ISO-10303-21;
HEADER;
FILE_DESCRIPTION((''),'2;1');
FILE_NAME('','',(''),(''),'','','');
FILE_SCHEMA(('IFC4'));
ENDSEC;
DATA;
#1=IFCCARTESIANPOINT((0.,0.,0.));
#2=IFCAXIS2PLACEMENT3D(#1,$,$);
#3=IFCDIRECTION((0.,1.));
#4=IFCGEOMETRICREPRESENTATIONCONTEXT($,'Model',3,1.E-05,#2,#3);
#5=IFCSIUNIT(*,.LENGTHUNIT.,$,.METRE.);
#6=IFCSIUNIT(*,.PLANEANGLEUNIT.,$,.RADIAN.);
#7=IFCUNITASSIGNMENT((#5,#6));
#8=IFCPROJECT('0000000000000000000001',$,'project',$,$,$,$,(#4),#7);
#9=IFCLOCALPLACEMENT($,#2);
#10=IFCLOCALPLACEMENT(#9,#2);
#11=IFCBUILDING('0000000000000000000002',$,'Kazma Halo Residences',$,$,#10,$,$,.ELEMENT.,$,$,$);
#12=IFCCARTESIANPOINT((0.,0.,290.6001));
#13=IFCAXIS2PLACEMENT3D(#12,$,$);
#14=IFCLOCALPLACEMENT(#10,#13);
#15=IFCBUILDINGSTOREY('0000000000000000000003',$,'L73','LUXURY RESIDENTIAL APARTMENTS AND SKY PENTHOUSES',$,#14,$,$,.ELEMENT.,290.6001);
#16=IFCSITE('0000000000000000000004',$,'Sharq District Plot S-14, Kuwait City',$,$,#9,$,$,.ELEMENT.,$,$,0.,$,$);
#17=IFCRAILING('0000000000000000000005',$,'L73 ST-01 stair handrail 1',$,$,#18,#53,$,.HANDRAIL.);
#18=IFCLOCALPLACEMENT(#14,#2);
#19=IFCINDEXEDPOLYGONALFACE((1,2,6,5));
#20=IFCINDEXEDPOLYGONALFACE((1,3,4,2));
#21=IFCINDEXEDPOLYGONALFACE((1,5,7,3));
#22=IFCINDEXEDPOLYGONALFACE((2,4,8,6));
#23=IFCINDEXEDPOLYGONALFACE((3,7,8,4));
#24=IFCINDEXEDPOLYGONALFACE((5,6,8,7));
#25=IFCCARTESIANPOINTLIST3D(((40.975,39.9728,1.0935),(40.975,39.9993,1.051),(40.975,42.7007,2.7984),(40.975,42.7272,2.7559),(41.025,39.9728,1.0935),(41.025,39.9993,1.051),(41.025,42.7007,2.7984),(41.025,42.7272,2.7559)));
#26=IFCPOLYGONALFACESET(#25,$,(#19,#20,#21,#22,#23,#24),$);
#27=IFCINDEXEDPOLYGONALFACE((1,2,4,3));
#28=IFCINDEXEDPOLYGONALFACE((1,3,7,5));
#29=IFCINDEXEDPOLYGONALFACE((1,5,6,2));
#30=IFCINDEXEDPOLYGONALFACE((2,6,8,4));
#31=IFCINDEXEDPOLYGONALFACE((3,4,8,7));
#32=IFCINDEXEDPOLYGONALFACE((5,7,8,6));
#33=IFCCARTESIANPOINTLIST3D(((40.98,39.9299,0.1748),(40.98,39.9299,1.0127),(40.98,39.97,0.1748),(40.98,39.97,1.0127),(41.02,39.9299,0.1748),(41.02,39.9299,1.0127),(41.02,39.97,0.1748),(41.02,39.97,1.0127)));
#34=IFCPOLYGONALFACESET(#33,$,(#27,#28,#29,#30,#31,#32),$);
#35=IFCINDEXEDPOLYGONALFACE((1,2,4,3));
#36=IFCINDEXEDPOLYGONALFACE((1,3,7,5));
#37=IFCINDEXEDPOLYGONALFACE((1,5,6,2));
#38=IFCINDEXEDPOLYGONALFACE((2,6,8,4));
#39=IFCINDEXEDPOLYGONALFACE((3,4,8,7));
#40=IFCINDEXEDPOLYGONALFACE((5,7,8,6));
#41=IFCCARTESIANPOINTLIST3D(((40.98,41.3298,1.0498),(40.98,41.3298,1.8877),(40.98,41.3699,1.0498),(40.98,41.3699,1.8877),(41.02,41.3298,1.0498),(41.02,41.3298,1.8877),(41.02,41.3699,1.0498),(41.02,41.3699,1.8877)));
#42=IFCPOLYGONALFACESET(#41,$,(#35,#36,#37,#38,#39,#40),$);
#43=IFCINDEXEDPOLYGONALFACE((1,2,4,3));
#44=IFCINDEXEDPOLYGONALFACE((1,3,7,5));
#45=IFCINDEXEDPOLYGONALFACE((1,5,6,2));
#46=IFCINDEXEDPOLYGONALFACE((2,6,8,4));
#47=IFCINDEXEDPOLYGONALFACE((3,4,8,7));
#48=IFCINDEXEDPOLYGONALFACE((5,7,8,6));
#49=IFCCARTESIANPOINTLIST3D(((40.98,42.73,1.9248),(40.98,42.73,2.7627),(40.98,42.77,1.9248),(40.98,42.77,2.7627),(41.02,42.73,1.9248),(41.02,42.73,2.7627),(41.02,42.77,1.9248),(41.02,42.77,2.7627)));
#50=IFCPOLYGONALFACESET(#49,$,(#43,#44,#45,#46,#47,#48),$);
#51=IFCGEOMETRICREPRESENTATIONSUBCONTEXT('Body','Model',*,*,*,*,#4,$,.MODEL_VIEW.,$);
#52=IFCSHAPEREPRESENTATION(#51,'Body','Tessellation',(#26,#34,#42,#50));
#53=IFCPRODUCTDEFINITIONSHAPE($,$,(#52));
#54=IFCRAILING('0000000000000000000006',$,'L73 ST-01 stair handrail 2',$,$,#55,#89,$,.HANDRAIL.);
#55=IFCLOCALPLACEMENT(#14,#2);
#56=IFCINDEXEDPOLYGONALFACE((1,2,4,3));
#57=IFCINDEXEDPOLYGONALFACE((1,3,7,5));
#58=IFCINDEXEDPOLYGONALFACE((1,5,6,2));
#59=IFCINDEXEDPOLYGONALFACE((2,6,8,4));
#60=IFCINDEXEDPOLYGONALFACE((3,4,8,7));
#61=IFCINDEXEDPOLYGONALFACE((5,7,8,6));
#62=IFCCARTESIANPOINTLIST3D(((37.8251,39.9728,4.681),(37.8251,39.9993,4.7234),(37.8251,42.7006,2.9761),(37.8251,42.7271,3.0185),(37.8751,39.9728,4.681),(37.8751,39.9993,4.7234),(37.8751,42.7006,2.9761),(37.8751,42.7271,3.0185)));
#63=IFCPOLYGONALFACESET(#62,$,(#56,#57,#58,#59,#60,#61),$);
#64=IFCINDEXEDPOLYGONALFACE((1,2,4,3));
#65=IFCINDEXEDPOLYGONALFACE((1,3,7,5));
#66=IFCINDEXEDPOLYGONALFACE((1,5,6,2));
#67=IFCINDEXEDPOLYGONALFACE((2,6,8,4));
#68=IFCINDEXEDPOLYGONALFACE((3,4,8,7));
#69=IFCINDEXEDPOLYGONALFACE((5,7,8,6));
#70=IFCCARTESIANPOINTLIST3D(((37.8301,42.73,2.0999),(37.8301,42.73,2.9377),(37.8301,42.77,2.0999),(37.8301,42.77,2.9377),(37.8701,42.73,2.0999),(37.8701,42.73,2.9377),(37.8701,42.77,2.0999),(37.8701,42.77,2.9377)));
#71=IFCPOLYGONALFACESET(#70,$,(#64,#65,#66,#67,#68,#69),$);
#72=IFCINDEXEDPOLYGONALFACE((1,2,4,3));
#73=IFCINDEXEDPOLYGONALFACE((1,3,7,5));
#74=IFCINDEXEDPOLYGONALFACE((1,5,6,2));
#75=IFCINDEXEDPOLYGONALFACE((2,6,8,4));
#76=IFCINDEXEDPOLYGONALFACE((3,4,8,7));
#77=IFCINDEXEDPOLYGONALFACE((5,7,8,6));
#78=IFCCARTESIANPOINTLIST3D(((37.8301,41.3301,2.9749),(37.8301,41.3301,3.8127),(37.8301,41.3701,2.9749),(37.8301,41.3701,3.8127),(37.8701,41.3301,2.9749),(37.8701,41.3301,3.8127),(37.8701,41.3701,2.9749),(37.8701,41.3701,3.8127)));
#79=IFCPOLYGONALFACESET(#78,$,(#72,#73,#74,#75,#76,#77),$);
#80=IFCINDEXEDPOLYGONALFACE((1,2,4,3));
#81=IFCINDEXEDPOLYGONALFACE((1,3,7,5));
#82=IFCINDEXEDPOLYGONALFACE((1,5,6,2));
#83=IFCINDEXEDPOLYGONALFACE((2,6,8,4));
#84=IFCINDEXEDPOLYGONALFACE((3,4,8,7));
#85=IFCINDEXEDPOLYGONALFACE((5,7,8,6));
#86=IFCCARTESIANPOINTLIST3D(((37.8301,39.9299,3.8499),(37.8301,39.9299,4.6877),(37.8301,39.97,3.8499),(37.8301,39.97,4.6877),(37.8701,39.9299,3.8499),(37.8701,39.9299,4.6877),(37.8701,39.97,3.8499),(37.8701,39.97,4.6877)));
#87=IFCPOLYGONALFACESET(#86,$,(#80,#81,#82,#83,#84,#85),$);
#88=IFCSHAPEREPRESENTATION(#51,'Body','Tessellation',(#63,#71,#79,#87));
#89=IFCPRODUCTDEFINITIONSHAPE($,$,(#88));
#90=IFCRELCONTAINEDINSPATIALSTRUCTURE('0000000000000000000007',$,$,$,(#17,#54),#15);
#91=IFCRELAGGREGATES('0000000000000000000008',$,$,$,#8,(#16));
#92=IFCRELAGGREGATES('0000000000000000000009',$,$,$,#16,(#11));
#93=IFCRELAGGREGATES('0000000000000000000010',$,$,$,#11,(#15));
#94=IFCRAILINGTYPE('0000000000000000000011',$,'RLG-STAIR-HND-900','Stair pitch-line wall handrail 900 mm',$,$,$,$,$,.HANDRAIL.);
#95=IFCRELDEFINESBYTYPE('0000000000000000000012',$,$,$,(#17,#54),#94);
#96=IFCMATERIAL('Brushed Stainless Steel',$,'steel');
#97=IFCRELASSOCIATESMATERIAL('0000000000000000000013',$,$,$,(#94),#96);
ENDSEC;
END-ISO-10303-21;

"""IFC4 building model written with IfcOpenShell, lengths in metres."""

from ifc_helpers import new_model, si_unit, direction, frame, origin, origin_2d, place, context, subcontext, project, spatial, rectangle, extrude, material, type_object, element, save


model = new_model("IFC4")

# Units and contexts
model_context = context("Model", 3, precision=1e-05, world=origin(), true_north=direction((0.0, 1.0)))
body_context = subcontext(model_context, "Body", "Model", "MODEL_VIEW")
ifc_project = project(units=[si_unit("LENGTHUNIT", "METRE"), si_unit("PLANEANGLEUNIT", "RADIAN")], contexts=[model_context])

# Site, building, storey
site_placement = place(None, origin())
site = spatial("IfcSite", under=ifc_project, at=site_placement, Name="Sharq District Plot S-14, Kuwait City", CompositionType="ELEMENT", RefElevation=0.0)
building_placement = place(site_placement, origin())
building = spatial("IfcBuilding", under=site, at=building_placement, Name="Kazma Halo Residences", CompositionType="ELEMENT")
storey_placement = place(building_placement, frame((0.0, 0.0, 290.6001)))
storey = spatial("IfcBuildingStorey", under=building, at=storey_placement, Name="L73", Description="LUXURY RESIDENTIAL APARTMENTS AND SKY PENTHOUSES", CompositionType="ELEMENT", Elevation=290.6001)

# Railings
ifc_material_1 = material(Name="Brushed Stainless Steel", Category="steel")
railing_type_1 = type_object("IfcRailingType", Name="RLG-STAIR-HND-900", Description="Stair pitch-line wall handrail 900 mm", PredefinedType="HANDRAIL", material=ifc_material_1)
railing_1_placement = place(storey_placement, frame((41.0, 39.95, 0.1748)))
element("IfcRailing", 1, at=railing_1_placement, inside=storey, type_object=railing_type_1, Name="L73 ST-01 stair handrail 1", PredefinedType="HANDRAIL", context=body_context, shape_type="SweptSolid", body=[
    extrude(rectangle(XDim=0.05, YDim=0.05, at=origin_2d()), frame((0.0, 0.0361, 0.8975), z_axis=(0.0, 0.848002, 0.529992), x_axis=(-1.0, 0.0, 0.0)), (0.0, 0.0, 1.0), 3.2168),
    extrude(rectangle(XDim=0.04, YDim=0.04, at=origin_2d()), origin(), (0.0, 0.0, 1.0), 0.8379),
    extrude(rectangle(XDim=0.04, YDim=0.04, at=origin_2d()), frame((0.0, 1.3999, 0.875)), (0.0, 0.0, 1.0), 0.8379),
    extrude(rectangle(XDim=0.04, YDim=0.04, at=origin_2d()), frame((0.0, 2.8, 1.75)), (0.0, 0.0, 1.0), 0.8379),
])
railing_2_placement = place(storey_placement, frame((37.8501, 42.75, 2.0999)))
element("IfcRailing", 2, at=railing_2_placement, inside=storey, type_object=railing_type_1, Name="L73 ST-01 stair handrail 2", PredefinedType="HANDRAIL", context=body_context, shape_type="SweptSolid", body=[
    extrude(rectangle(XDim=0.05, YDim=0.05, at=origin_2d()), frame((0.0, -0.0361, 0.8975), z_axis=(0.0, -0.848002, 0.529992), x_axis=(1.0, 0.0, 0.0)), (0.0, 0.0, 1.0), 3.2168),
    extrude(rectangle(XDim=0.04, YDim=0.04, at=origin_2d()), origin(), (0.0, 0.0, 1.0), 0.8379),
    extrude(rectangle(XDim=0.04, YDim=0.04, at=origin_2d()), frame((0.0, -1.3999, 0.875)), (0.0, 0.0, 1.0), 0.8379),
    extrude(rectangle(XDim=0.04, YDim=0.04, at=origin_2d()), frame((0.0, -2.8, 1.75)), (0.0, 0.0, 1.0), 0.8379),
])

save(model, "model.ifc")
